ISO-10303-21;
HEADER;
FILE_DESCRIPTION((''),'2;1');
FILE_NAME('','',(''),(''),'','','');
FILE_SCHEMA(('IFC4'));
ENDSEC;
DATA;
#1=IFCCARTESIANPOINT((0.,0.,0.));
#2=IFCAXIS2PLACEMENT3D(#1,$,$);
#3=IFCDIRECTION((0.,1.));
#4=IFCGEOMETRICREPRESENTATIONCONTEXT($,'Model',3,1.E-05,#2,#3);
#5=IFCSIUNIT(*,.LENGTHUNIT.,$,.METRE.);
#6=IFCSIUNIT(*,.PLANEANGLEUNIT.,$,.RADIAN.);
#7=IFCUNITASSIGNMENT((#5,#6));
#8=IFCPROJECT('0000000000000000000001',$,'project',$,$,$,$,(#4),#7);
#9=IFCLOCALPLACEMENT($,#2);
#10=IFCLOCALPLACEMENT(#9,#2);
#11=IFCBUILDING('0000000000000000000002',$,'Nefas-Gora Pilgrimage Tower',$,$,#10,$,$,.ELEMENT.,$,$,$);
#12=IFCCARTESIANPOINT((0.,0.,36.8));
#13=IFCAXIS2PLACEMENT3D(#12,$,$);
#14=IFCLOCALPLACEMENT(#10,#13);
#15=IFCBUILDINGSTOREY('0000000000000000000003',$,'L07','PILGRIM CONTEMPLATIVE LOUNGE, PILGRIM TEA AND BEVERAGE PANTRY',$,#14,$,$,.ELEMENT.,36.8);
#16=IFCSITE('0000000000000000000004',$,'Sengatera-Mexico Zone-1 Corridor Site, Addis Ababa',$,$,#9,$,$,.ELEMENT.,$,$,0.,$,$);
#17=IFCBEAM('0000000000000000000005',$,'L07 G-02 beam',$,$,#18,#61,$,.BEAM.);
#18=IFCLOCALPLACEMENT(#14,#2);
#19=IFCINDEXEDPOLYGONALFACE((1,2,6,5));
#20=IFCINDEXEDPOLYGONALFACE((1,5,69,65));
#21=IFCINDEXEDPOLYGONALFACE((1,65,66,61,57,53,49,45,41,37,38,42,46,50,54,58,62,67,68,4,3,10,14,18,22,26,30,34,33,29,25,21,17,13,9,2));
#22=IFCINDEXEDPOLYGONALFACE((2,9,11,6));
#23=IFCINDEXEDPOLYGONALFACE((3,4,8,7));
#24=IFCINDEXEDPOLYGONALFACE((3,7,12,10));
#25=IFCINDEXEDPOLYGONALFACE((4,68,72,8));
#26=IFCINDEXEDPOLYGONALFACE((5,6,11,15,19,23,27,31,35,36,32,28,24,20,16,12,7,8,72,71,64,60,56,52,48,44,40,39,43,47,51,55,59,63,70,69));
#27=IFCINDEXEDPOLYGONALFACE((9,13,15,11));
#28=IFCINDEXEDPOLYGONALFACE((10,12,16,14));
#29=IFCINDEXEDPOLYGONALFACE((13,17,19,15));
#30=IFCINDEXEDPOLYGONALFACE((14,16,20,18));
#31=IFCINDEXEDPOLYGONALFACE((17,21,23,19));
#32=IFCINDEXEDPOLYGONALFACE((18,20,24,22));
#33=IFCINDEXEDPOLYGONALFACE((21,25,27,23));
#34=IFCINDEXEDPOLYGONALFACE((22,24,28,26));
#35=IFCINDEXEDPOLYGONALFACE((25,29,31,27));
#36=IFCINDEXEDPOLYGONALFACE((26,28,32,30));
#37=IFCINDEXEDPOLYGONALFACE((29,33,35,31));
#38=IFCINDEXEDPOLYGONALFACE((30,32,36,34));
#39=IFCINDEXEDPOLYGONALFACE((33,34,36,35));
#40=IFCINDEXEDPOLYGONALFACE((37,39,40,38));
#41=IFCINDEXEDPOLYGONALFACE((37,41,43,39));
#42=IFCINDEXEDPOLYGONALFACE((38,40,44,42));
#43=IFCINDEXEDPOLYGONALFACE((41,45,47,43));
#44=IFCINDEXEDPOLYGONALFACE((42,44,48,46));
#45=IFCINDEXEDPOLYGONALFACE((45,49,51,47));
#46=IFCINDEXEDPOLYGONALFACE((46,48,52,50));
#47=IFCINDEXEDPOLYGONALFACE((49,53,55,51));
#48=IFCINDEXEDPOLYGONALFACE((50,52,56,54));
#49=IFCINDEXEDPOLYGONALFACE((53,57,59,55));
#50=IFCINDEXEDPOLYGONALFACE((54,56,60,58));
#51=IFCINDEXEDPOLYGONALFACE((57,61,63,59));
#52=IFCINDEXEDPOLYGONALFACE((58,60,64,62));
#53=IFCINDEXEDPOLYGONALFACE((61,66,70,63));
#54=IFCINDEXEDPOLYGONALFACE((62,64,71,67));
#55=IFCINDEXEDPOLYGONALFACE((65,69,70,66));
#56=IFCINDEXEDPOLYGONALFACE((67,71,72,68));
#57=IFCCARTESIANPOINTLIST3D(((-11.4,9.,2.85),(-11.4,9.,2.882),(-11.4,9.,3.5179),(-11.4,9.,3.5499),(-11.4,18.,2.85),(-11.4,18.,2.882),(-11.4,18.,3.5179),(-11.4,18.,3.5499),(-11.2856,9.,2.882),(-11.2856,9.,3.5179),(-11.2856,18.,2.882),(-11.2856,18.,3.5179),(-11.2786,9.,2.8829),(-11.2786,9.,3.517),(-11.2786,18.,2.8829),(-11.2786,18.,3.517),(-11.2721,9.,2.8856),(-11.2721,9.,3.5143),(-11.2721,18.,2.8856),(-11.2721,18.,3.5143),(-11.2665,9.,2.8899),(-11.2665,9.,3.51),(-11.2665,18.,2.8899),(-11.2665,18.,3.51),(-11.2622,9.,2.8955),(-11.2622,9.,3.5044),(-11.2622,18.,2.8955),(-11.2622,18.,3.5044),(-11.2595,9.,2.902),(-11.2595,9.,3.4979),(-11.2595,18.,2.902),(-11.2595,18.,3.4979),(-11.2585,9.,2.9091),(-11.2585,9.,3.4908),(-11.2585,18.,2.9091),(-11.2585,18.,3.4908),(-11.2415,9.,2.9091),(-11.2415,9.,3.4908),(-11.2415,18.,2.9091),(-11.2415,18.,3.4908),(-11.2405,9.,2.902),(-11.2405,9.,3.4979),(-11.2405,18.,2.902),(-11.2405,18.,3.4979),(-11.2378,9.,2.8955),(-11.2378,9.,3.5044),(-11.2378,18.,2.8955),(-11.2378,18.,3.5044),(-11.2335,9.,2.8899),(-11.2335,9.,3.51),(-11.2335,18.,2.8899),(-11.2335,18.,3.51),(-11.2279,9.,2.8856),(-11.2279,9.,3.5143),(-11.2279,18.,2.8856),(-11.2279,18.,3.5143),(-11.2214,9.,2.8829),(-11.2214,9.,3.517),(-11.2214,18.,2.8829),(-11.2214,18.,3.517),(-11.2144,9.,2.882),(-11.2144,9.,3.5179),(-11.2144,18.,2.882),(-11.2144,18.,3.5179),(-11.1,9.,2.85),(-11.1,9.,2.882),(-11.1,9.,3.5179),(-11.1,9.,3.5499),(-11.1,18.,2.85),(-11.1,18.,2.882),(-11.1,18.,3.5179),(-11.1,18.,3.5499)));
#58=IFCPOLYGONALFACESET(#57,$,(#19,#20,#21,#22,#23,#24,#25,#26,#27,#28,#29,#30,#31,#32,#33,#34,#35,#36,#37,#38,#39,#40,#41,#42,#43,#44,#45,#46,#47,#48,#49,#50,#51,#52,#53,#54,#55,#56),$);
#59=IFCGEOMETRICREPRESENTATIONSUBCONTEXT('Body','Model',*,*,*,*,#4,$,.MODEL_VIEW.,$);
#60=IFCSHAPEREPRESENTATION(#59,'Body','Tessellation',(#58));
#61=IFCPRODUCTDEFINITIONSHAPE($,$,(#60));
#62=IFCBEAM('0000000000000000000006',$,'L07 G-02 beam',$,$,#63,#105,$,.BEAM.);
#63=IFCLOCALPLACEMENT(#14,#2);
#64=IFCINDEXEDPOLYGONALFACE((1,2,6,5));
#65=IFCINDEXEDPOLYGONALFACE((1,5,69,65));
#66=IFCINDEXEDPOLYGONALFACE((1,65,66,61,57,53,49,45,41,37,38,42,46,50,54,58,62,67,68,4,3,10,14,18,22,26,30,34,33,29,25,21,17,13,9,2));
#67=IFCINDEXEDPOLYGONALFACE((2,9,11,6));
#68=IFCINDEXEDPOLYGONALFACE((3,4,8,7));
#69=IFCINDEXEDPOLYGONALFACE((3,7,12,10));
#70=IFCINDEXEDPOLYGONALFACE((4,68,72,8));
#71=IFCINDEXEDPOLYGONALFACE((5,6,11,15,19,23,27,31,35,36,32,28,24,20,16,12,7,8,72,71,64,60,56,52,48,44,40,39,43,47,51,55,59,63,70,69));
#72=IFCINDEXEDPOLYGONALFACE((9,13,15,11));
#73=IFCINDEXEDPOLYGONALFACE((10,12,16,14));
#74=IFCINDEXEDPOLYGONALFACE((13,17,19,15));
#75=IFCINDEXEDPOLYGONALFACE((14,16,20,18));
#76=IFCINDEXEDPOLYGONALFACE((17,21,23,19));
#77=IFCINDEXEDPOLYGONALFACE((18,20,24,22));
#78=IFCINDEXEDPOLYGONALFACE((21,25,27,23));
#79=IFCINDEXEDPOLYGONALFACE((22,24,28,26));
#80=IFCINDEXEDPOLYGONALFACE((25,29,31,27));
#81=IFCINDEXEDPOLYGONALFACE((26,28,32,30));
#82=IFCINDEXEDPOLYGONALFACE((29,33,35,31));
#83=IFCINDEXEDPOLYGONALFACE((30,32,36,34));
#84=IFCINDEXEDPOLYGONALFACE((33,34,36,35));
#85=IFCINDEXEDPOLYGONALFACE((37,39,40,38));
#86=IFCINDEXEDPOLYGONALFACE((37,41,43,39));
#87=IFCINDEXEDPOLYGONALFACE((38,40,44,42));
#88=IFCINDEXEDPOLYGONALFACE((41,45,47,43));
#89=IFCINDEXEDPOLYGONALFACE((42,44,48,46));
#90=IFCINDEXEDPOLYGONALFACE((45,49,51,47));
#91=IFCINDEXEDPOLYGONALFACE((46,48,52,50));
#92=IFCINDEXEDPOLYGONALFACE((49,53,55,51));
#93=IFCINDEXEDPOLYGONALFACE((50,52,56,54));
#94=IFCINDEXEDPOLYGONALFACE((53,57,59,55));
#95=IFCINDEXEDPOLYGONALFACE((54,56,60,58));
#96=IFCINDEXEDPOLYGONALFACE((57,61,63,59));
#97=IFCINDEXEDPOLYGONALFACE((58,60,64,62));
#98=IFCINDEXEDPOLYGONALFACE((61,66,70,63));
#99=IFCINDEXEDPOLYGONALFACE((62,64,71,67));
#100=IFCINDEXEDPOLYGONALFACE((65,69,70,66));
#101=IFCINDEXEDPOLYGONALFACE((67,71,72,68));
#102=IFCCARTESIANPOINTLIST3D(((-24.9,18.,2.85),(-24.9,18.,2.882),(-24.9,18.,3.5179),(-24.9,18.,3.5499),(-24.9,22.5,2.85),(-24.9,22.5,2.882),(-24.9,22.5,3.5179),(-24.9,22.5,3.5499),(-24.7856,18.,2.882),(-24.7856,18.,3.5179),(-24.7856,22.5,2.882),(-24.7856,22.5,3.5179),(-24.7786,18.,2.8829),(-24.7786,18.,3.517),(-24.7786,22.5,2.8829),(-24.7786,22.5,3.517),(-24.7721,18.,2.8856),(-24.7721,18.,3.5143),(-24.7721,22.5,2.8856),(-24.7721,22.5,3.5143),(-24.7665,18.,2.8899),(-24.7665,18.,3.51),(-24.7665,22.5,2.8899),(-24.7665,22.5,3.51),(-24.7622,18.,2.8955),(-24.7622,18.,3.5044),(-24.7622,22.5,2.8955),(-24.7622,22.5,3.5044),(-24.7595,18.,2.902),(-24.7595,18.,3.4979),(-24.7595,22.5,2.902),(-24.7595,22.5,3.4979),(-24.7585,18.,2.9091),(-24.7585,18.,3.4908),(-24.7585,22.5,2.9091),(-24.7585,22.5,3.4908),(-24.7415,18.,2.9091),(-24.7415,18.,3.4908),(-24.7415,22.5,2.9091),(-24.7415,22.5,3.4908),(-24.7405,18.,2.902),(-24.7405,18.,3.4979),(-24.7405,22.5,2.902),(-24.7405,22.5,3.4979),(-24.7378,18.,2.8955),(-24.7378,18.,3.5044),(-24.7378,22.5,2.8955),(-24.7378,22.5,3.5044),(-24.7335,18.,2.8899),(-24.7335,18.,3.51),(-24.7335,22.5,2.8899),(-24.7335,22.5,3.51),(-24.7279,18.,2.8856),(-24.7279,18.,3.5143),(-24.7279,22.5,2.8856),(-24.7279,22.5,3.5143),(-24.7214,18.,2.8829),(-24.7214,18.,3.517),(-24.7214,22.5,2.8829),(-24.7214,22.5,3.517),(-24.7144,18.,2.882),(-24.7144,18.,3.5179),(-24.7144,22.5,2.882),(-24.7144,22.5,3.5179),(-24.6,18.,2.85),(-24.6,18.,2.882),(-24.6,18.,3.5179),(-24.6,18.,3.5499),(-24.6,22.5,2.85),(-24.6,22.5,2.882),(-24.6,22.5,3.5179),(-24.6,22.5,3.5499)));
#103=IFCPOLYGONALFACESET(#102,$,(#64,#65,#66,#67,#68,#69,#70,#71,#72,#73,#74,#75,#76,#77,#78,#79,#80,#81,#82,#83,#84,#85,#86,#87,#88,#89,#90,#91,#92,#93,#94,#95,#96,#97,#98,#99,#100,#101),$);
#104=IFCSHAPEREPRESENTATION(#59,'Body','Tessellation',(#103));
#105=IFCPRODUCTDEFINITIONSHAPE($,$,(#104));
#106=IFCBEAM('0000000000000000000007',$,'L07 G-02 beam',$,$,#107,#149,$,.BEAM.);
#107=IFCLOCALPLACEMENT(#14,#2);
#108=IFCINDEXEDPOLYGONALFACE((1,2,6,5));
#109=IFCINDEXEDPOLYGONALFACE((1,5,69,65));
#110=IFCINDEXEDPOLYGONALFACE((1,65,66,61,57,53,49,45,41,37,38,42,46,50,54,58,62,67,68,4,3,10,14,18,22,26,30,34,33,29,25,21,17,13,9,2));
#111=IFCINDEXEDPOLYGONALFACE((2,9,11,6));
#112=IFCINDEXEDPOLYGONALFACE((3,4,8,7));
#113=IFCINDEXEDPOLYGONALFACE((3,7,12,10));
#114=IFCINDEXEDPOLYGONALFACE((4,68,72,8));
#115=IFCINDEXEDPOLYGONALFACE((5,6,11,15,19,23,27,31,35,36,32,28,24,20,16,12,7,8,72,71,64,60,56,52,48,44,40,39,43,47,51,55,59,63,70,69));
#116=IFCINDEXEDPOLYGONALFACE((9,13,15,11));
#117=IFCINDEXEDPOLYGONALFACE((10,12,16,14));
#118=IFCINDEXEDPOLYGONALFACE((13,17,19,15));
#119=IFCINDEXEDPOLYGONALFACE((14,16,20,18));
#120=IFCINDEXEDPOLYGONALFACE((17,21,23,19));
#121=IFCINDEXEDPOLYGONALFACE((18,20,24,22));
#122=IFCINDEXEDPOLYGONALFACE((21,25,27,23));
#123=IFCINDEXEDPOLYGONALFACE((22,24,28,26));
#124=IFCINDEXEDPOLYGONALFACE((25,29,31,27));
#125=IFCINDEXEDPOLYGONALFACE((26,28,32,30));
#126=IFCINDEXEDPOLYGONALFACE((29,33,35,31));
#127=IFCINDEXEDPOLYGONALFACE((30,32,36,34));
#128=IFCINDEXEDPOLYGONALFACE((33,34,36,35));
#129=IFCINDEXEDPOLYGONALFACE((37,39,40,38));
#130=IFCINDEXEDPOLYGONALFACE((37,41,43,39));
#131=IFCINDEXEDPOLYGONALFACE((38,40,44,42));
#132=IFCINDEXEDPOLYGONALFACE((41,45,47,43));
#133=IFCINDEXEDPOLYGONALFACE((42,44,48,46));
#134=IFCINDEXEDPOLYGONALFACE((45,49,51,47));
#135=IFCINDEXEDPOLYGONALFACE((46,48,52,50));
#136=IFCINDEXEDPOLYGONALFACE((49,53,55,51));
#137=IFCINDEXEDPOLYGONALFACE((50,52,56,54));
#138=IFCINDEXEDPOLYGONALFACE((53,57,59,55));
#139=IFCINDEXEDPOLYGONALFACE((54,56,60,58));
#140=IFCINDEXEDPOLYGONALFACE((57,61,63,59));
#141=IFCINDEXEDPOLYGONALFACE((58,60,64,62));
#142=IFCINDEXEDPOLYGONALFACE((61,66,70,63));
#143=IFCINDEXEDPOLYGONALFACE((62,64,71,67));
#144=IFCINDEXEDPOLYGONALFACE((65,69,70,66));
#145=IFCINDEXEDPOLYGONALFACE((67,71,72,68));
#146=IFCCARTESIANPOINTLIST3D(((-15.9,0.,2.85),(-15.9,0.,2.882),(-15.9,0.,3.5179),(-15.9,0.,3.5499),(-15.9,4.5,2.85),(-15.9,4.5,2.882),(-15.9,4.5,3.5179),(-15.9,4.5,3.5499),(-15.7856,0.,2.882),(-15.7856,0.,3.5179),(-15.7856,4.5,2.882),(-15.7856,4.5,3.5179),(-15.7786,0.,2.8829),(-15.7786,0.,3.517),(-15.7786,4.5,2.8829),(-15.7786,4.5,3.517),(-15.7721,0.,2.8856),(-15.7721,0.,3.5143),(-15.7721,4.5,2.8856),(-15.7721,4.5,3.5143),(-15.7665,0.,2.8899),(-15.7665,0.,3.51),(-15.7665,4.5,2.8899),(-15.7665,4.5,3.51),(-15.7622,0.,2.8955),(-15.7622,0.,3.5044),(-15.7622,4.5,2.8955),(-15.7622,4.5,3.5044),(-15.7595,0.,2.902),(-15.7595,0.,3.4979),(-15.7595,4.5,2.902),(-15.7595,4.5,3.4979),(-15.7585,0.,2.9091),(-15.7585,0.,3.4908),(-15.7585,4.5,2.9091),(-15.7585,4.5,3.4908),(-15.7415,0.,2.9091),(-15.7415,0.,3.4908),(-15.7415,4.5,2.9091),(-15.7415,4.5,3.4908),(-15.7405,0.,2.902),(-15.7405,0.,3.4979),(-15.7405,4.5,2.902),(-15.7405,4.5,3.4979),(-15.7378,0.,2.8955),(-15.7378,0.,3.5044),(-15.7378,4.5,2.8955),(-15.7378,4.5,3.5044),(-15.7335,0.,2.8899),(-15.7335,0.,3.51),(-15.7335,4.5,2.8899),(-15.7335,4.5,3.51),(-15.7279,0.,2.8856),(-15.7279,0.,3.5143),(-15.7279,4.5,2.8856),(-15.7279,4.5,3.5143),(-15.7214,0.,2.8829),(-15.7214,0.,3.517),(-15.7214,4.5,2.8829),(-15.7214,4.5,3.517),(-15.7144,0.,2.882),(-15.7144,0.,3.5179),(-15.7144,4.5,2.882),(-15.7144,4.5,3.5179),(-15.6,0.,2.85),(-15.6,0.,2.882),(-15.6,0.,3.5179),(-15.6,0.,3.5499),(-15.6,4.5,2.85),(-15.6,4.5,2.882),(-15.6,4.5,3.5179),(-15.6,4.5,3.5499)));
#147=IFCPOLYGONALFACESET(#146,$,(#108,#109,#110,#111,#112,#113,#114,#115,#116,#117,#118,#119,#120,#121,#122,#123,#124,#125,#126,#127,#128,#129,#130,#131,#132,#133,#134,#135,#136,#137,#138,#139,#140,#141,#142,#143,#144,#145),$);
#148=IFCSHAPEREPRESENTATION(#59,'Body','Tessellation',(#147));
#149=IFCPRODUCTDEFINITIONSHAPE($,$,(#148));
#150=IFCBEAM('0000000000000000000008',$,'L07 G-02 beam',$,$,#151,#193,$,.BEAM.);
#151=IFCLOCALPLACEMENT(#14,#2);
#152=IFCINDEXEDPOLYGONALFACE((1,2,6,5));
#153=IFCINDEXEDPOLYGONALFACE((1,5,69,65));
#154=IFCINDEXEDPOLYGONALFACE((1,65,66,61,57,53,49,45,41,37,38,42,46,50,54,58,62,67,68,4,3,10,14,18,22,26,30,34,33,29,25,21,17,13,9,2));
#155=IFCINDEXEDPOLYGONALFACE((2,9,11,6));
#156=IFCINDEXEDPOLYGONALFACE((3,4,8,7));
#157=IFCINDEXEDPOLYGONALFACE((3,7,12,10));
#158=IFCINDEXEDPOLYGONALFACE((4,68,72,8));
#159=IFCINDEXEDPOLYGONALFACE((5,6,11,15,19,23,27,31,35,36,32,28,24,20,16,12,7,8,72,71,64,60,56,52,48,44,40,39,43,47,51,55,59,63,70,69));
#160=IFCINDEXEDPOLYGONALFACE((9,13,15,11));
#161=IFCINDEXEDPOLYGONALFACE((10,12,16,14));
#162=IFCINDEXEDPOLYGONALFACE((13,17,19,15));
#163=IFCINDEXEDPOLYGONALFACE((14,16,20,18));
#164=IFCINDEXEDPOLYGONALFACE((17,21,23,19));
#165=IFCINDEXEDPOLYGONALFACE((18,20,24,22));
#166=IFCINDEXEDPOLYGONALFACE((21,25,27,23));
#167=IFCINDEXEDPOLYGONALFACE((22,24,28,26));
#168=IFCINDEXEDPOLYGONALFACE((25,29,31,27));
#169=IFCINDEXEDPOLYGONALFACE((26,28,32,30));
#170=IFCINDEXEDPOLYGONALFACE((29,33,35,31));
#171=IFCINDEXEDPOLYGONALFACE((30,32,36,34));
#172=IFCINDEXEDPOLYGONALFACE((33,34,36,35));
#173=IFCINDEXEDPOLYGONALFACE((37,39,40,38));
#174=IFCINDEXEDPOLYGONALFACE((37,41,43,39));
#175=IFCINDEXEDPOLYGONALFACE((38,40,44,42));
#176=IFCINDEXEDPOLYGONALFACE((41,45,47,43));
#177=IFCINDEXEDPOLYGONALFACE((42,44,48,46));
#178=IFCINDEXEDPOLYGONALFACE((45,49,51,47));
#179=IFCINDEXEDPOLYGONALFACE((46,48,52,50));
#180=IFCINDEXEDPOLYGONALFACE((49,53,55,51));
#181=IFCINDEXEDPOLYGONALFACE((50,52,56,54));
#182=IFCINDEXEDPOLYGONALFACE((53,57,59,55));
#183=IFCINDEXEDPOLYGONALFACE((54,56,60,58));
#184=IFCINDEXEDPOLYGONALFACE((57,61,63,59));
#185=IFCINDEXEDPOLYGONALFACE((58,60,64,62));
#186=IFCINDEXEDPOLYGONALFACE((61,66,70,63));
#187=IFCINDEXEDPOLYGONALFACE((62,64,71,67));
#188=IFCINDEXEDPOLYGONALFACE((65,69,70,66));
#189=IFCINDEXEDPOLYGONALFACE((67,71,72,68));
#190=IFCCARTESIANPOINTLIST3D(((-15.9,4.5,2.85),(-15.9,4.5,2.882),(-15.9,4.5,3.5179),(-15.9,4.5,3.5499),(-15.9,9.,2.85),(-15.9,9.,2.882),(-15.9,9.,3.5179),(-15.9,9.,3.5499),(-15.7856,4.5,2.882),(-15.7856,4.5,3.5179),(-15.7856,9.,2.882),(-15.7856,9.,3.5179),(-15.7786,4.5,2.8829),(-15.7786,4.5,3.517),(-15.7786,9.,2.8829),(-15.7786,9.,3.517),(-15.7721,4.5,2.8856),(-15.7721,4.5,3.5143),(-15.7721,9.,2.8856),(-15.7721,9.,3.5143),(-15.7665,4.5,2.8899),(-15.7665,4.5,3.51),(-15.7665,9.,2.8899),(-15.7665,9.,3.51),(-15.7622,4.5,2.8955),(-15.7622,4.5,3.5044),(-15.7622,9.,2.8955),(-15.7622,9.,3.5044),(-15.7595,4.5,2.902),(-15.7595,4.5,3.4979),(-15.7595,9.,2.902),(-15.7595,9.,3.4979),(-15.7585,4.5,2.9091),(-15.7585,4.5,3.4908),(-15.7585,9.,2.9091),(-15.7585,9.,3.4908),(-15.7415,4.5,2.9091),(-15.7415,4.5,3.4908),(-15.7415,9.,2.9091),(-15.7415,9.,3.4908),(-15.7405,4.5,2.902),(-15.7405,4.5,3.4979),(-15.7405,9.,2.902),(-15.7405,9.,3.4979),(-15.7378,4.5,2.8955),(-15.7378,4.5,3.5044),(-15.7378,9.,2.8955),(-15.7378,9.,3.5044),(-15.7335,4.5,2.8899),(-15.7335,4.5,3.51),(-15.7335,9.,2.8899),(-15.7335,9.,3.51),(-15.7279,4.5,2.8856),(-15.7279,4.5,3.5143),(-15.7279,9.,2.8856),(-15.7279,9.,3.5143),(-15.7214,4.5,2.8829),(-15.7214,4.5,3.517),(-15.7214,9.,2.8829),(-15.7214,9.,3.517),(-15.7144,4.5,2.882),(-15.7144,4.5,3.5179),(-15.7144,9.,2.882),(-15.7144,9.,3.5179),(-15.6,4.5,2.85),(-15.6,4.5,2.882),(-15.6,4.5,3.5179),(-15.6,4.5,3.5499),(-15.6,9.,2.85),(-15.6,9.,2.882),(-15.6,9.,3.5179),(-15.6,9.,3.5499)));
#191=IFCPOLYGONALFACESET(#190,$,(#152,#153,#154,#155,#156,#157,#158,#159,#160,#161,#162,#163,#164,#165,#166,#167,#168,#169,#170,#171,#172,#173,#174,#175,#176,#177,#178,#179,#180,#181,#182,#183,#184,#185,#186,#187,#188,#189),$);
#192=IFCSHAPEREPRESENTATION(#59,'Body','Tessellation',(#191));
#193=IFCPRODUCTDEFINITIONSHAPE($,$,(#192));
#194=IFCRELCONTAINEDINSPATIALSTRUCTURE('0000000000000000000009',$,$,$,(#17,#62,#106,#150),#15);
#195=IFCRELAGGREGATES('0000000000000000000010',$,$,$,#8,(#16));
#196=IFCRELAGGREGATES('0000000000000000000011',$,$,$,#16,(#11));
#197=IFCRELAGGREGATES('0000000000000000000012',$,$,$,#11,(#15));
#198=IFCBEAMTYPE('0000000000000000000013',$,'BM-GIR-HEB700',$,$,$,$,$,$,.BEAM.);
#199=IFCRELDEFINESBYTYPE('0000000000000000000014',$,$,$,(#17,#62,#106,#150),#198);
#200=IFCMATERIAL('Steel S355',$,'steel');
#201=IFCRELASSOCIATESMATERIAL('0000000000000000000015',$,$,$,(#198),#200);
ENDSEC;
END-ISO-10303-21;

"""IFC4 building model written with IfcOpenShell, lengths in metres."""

from ifc_helpers import new_model, si_unit, direction, frame, origin, origin_2d, place, context, subcontext, project, spatial, i_section, extrude, source, transform, mapped, material, material_profile, profile_set, type_object, element, save


model = new_model("IFC4")

# Units and contexts
model_context = context("Model", 3, precision=1e-05, world=origin(), true_north=direction((0.0, 1.0)))
body_context = subcontext(model_context, "Body", "Model", "MODEL_VIEW")
ifc_project = project(units=[si_unit("LENGTHUNIT", "METRE"), si_unit("PLANEANGLEUNIT", "RADIAN")], contexts=[model_context])

# Site, building, storey
site_placement = place(None, origin())
site = spatial("IfcSite", under=ifc_project, at=site_placement, Name="Sengatera-Mexico Zone-1 Corridor Site, Addis Ababa", CompositionType="ELEMENT", RefElevation=0.0)
building_placement = place(site_placement, origin())
building = spatial("IfcBuilding", under=site, at=building_placement, Name="Nefas-Gora Pilgrimage Tower", CompositionType="ELEMENT")
storey_placement = place(building_placement, frame((0.0, 0.0, 36.8)))
storey = spatial("IfcBuildingStorey", under=building, at=storey_placement, Name="L07", Description="PILGRIM CONTEMPLATIVE LOUNGE, PILGRIM TEA AND BEVERAGE PANTRY", CompositionType="ELEMENT", Elevation=36.8)

# Beams
ifc_material_1 = material(Name="Steel S355", Category="steel")
ifc_material_profile_1 = material_profile(ifc_material_1, i_section(OverallWidth=0.3, OverallDepth=0.7, WebThickness=0.0171, FlangeThickness=0.032, FilletRadius=0.0271, at=origin_2d()), Name="HEB 700")
ifc_profile_set_1 = profile_set([ifc_material_profile_1], Name="Steel S355")
beam_type_1 = type_object("IfcBeamType", Name="BM-GIR-HEB700", PredefinedType="BEAM", material=ifc_profile_set_1)
shared_shape_1 = source(origin(), body_context, "Body", "SweptSolid", [
    extrude(i_section(OverallWidth=0.3, OverallDepth=0.7, WebThickness=0.0171, FlangeThickness=0.032, FilletRadius=0.0271, at=origin_2d()), origin(), (0.0, 0.0, 1.0), 9.0),
])
beam_1_placement = place(storey_placement, frame((-11.25, 9.0, 3.2), z_axis=(0.0, 1.0, 0.0), x_axis=(-1.0, 0.0, 0.0)))
element("IfcBeam", 1, at=beam_1_placement, inside=storey, type_object=beam_type_1, Name="L07 G-02 beam", PredefinedType="BEAM", context=body_context, shape_type="MappedRepresentation", body=[
    mapped(shared_shape_1, transform((0.0, 0.0, 0.0), x_axis=(1.0, 0.0, 0.0), y_axis=(0.0, 1.0, 0.0), z_axis=(0.0, 0.0, 1.0), scale=1.0)),
])
shared_shape_2 = source(origin(), body_context, "Body", "SweptSolid", [
    extrude(i_section(OverallWidth=0.3, OverallDepth=0.7, WebThickness=0.0171, FlangeThickness=0.032, FilletRadius=0.0271, at=origin_2d()), origin(), (0.0, 0.0, 1.0), 4.5),
])
for number, where, z_axis, x_axis, name in (
    (2, (-24.75, 18.0, 3.2), (0.0, 1.0, 0.0), (-1.0, 0.0, 0.0), "L07 G-02 beam"),
    (3, (-15.75, 0.0, 3.2), (0.0, 1.0, 0.0), (-1.0, 0.0, 0.0), "L07 G-02 beam"),
    (4, (-15.75, 4.5, 3.2), (0.0, 1.0, 0.0), (-1.0, 0.0, 0.0), "L07 G-02 beam"),
):
    element("IfcBeam", number, at=place(storey_placement, frame(where, z_axis=z_axis, x_axis=x_axis)), inside=storey, type_object=beam_type_1, Name=name, PredefinedType="BEAM", context=body_context, shape_type="MappedRepresentation", body=[
        mapped(shared_shape_2, transform((0.0, 0.0, 0.0), x_axis=(1.0, 0.0, 0.0), y_axis=(0.0, 1.0, 0.0), z_axis=(0.0, 0.0, 1.0), scale=1.0)),
    ])

save(model, "model.ifc")
